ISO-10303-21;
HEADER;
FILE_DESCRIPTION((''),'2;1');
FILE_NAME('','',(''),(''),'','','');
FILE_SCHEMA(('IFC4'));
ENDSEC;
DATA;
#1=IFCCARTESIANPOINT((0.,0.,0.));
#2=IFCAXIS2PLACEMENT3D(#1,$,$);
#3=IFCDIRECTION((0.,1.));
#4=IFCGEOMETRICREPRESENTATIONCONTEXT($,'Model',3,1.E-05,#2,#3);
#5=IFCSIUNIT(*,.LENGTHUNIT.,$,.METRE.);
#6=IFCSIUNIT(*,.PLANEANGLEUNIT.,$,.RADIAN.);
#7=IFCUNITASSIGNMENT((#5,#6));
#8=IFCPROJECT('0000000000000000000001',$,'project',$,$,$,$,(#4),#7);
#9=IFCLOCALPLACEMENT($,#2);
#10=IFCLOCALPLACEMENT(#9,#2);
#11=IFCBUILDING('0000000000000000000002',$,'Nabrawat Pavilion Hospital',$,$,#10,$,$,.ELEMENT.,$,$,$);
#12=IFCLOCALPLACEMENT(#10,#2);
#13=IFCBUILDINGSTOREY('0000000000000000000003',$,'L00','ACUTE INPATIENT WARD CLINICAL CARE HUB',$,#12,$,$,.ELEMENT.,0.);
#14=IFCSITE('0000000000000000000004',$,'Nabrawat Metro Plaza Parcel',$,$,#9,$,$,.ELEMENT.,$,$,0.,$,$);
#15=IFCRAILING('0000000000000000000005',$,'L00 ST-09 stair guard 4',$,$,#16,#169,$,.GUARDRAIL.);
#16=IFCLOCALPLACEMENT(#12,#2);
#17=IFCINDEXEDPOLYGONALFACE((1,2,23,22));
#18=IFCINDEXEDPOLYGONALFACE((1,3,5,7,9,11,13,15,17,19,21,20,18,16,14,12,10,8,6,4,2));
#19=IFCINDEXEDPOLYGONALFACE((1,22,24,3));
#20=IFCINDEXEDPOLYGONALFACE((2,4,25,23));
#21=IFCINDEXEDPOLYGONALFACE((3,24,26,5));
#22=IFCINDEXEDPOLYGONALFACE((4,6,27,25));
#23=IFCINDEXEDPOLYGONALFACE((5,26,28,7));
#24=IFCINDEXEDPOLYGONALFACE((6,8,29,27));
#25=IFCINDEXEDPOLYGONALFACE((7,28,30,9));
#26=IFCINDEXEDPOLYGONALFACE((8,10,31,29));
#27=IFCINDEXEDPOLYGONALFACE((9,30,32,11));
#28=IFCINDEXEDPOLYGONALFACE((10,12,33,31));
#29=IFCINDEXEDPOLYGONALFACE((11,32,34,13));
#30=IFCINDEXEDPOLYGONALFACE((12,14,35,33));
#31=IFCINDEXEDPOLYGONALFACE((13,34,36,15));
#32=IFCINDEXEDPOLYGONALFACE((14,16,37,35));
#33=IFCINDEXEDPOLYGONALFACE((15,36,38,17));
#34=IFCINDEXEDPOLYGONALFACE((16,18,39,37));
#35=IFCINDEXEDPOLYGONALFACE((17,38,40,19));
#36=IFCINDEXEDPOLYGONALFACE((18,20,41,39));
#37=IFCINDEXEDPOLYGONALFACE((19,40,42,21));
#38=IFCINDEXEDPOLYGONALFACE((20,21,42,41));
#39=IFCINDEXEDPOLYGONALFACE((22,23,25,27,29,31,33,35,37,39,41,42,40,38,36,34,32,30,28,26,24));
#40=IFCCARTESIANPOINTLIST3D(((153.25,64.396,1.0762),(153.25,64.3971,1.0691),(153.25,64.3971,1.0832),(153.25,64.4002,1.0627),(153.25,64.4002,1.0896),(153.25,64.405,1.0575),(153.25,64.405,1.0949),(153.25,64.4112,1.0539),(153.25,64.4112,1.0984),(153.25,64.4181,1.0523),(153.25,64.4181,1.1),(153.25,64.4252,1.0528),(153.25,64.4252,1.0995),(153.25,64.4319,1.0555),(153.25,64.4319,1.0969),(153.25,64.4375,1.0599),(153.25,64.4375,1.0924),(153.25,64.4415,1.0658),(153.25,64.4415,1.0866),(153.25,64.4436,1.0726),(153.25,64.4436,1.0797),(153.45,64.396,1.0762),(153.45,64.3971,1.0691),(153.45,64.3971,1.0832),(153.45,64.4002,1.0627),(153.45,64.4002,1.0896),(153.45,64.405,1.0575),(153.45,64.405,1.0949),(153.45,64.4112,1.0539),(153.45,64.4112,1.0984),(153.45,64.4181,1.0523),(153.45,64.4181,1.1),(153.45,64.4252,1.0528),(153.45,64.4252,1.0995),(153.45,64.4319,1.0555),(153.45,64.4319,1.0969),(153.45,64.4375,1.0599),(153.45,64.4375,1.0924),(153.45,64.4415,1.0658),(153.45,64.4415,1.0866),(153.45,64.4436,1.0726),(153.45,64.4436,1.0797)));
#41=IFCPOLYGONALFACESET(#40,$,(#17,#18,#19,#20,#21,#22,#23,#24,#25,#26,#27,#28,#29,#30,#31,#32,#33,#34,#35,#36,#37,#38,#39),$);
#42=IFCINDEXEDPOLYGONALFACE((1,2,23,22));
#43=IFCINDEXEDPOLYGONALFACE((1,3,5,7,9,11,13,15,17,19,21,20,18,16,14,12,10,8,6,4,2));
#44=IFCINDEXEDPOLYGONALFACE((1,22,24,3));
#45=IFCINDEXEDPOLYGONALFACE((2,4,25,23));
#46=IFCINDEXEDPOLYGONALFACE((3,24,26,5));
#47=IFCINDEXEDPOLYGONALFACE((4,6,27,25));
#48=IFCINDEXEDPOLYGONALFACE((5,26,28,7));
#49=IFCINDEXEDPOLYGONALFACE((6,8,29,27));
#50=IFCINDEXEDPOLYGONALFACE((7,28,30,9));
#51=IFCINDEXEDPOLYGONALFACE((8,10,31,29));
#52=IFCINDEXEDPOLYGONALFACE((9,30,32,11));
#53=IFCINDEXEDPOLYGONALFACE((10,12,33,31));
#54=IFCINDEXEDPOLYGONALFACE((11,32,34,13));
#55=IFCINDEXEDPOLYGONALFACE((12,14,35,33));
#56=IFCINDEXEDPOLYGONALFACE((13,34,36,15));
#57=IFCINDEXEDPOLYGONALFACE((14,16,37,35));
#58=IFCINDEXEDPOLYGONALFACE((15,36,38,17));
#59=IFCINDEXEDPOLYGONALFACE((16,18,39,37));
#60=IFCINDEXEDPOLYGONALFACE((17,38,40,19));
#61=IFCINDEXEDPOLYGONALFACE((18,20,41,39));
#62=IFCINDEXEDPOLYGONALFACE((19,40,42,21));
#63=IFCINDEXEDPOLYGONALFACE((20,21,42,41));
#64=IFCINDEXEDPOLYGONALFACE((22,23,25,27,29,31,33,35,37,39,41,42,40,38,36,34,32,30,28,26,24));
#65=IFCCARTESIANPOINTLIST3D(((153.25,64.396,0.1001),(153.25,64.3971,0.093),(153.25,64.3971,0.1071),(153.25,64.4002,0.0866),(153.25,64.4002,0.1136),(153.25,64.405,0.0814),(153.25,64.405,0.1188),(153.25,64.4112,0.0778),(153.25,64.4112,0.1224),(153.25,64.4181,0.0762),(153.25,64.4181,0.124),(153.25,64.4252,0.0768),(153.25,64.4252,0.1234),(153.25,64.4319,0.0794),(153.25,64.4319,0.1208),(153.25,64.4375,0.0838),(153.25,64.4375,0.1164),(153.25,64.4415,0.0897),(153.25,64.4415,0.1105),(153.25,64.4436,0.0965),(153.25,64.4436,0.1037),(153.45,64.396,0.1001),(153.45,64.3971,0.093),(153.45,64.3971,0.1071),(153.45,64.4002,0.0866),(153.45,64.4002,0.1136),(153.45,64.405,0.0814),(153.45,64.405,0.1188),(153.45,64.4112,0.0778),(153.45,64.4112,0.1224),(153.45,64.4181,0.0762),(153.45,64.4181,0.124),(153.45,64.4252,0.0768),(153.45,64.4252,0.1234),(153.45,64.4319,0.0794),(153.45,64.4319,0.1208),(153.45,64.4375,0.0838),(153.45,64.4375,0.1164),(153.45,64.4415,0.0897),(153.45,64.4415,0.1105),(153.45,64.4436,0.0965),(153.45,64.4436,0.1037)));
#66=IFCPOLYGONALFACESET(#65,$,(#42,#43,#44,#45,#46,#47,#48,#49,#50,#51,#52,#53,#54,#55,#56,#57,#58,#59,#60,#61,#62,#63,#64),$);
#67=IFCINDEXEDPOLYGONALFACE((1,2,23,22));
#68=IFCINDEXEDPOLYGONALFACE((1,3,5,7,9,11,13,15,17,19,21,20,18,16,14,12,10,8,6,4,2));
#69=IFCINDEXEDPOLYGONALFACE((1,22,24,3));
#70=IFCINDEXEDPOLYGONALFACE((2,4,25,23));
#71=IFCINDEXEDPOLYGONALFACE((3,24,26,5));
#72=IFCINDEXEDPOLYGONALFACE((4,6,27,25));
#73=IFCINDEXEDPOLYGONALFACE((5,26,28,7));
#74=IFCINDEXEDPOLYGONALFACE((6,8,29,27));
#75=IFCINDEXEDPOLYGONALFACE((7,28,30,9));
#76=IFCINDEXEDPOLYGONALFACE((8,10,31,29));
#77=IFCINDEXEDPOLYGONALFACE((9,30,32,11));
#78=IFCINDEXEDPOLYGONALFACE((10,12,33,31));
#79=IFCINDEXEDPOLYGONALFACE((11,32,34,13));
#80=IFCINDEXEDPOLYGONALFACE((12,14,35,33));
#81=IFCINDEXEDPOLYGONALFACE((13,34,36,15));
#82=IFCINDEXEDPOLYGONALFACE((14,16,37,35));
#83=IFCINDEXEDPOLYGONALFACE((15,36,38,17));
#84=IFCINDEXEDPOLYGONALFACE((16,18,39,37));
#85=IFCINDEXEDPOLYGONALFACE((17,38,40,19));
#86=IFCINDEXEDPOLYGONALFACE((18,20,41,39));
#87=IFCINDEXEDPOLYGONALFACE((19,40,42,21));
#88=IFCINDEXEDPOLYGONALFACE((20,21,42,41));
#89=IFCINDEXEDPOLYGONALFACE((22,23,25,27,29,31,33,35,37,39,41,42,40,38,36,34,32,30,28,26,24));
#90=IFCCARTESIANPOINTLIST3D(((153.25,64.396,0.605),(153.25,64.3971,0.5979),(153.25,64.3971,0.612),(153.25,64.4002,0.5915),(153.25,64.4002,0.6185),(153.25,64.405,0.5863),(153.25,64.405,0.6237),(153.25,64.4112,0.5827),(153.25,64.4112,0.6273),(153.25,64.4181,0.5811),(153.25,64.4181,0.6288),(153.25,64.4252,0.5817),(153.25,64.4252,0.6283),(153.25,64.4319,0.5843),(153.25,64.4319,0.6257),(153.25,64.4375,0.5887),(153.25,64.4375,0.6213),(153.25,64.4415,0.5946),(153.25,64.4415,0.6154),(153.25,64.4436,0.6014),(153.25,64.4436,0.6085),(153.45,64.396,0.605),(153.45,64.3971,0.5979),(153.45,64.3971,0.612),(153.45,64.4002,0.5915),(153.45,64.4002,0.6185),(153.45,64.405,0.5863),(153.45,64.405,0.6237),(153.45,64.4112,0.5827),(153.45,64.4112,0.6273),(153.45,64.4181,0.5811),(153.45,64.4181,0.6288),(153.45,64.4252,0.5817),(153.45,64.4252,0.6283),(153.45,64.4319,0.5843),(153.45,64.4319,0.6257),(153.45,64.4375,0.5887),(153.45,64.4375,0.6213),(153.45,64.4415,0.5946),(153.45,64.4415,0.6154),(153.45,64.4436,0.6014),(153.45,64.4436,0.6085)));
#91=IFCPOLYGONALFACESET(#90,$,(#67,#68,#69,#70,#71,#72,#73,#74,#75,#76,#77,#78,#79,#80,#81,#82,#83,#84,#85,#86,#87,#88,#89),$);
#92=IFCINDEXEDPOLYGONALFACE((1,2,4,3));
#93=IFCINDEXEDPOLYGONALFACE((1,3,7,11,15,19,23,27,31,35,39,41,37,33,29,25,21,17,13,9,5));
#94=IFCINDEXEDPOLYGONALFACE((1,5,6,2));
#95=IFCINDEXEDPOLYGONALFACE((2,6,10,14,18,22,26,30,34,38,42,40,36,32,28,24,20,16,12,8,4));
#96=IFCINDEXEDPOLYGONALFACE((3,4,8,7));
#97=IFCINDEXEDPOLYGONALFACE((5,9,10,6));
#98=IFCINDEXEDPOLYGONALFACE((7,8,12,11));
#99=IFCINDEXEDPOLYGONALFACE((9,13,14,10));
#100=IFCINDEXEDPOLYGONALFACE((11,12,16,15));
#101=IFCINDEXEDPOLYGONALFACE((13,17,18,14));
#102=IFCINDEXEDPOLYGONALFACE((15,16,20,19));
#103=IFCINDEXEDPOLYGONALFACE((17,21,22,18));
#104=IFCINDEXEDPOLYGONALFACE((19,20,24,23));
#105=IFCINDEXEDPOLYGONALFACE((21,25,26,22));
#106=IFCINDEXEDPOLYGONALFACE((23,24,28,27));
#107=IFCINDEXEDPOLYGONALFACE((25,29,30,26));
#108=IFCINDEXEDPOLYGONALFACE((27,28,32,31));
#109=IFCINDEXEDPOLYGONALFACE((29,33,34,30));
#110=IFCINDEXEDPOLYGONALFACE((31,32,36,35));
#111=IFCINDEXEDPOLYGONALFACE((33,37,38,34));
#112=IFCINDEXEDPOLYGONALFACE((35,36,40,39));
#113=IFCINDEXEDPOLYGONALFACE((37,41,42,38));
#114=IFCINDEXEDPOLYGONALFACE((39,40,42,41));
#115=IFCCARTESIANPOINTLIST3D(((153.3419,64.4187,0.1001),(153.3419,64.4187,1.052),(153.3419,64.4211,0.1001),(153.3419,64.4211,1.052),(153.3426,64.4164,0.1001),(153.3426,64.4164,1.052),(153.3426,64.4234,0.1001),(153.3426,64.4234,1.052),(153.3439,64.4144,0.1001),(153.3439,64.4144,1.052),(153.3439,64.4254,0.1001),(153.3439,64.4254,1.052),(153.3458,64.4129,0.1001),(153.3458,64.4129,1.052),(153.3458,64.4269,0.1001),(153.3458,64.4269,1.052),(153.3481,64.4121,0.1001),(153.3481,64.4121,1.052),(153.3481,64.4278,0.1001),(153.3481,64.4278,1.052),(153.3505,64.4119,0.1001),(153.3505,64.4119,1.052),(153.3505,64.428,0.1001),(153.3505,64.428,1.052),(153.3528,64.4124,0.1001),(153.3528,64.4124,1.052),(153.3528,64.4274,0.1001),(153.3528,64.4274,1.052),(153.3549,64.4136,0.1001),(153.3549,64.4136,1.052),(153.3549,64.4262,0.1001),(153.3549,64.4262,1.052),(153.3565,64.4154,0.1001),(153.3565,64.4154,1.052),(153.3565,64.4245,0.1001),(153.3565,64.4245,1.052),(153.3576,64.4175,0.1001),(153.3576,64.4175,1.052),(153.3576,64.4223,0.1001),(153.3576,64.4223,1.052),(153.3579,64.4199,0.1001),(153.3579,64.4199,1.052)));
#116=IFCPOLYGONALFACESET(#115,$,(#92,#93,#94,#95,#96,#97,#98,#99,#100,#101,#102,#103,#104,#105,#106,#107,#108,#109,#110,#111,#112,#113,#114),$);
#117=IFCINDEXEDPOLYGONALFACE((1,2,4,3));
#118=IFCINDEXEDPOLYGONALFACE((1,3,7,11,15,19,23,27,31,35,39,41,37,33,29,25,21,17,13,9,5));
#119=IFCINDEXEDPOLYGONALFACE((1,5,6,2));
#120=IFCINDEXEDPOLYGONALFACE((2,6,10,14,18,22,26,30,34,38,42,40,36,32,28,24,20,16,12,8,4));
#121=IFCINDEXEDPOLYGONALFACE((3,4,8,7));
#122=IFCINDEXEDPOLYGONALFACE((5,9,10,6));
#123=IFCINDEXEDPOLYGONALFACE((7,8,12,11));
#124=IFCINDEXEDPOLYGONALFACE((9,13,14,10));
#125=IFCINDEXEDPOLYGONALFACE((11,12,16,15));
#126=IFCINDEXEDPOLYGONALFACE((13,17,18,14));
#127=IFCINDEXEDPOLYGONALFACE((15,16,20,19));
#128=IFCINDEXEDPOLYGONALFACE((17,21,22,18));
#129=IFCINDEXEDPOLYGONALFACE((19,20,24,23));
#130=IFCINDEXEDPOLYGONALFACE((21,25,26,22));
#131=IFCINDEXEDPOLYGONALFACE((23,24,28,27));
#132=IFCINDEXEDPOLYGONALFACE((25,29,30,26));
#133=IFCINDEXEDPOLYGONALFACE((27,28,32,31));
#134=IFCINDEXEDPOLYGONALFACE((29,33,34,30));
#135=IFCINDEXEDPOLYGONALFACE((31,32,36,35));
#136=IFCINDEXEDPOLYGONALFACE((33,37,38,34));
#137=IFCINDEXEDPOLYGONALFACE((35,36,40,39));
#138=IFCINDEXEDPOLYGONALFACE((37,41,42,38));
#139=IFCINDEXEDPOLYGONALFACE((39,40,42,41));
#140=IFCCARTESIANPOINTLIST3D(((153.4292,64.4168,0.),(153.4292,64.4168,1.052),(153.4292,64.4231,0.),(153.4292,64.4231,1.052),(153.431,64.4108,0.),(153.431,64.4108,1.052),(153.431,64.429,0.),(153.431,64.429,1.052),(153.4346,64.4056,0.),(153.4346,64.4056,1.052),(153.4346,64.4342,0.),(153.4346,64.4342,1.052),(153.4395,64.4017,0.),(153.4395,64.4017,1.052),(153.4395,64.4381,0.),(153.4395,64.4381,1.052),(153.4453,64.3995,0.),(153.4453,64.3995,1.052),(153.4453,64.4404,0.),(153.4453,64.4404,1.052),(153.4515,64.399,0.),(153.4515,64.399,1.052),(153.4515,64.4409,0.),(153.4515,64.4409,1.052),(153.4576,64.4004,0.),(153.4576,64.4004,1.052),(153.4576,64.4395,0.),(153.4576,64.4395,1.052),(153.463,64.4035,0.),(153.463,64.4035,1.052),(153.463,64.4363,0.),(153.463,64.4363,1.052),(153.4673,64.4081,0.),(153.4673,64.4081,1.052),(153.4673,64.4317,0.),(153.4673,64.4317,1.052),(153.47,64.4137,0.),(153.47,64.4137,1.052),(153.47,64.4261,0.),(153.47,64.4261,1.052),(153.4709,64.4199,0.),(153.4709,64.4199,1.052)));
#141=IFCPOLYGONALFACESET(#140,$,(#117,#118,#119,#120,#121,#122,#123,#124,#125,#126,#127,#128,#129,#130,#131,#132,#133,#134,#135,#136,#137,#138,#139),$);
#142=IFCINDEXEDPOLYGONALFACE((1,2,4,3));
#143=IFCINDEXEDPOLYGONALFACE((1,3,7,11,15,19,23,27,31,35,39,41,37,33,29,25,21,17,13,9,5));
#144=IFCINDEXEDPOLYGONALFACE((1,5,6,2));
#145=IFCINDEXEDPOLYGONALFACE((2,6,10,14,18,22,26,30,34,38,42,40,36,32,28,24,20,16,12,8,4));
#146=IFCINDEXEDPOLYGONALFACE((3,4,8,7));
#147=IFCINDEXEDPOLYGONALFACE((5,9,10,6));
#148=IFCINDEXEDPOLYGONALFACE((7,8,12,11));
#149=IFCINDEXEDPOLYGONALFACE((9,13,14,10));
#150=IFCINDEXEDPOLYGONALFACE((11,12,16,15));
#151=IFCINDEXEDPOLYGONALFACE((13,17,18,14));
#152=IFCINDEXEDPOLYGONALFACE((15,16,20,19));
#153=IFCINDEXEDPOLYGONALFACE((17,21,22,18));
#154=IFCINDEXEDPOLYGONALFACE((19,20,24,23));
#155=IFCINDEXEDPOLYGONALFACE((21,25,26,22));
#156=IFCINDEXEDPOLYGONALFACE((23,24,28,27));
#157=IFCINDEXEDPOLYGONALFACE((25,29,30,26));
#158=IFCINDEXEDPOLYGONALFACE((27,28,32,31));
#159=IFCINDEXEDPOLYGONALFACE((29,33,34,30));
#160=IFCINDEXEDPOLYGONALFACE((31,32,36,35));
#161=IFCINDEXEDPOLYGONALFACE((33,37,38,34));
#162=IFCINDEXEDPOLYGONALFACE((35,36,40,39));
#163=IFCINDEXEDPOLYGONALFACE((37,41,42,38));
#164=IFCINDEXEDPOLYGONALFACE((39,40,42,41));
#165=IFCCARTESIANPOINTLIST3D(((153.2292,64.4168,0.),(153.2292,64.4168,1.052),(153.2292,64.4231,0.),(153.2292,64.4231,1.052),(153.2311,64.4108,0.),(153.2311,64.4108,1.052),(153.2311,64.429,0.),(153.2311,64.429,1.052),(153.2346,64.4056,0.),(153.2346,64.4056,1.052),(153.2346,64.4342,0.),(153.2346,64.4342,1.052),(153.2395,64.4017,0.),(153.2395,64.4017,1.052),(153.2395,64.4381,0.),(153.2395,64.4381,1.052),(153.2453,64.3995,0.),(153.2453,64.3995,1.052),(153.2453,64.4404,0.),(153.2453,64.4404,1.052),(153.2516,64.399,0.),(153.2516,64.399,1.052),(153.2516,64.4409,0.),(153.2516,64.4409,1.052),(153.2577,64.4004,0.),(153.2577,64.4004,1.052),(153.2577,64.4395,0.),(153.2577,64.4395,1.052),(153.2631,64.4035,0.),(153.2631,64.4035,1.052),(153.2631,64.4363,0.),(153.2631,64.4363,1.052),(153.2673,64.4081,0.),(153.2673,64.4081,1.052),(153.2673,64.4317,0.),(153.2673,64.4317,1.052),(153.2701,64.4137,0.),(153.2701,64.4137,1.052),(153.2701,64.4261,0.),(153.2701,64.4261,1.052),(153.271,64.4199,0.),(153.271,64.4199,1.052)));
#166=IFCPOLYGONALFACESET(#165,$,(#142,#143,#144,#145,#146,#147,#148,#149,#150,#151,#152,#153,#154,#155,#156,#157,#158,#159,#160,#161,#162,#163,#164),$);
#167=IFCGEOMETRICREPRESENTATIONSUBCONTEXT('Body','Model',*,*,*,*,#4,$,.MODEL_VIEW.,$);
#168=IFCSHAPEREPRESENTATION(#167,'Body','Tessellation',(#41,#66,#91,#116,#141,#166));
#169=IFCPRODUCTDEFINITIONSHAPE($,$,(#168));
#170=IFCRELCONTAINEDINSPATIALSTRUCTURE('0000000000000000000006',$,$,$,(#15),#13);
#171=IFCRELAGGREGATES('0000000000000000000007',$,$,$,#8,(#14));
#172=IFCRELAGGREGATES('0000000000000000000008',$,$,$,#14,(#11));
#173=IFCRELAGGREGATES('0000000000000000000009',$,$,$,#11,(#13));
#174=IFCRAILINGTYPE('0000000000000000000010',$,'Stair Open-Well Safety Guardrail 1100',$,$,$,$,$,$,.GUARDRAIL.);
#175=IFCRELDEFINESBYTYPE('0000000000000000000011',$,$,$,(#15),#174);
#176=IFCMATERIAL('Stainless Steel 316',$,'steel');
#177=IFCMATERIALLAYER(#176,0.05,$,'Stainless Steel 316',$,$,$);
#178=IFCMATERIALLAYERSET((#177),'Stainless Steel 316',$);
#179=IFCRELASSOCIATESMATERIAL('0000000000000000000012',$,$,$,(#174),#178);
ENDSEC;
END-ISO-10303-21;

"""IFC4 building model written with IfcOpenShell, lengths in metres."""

from ifc_helpers import new_model, si_unit, direction, frame, origin, origin_2d, place, context, subcontext, project, spatial, circle, extrude, material, layer, layer_set, type_object, element, save


model = new_model("IFC4")

# Units and contexts
model_context = context("Model", 3, precision=1e-05, world=origin(), true_north=direction((0.0, 1.0)))
body_context = subcontext(model_context, "Body", "Model", "MODEL_VIEW")
ifc_project = project(units=[si_unit("LENGTHUNIT", "METRE"), si_unit("PLANEANGLEUNIT", "RADIAN")], contexts=[model_context])

# Site, building, storey
site_placement = place(None, origin())
site = spatial("IfcSite", under=ifc_project, at=site_placement, Name="Nabrawat Metro Plaza Parcel", CompositionType="ELEMENT", RefElevation=0.0)
building_placement = place(site_placement, origin())
building = spatial("IfcBuilding", under=site, at=building_placement, Name="Nabrawat Pavilion Hospital", CompositionType="ELEMENT")
storey_placement = place(building_placement, origin())
storey = spatial("IfcBuildingStorey", under=building, at=storey_placement, Name="L00", Description="ACUTE INPATIENT WARD CLINICAL CARE HUB", CompositionType="ELEMENT", Elevation=0.0)

# Railing
ifc_material_1 = material(Name="Stainless Steel 316", Category="steel")
ifc_layer_1 = layer(ifc_material_1, 0.05, Name="Stainless Steel 316")
ifc_layer_set_1 = layer_set([ifc_layer_1], Name="Stainless Steel 316")
railing_type_1 = type_object("IfcRailingType", Name="Stair Open-Well Safety Guardrail 1100", PredefinedType="GUARDRAIL", material=ifc_layer_set_1)
railing_1_placement = place(storey_placement, frame((153.45, 64.4199, 0.0)))
element("IfcRailing", 1, at=railing_1_placement, inside=storey, type_object=railing_type_1, Name="L00 ST-09 stair guard 4", PredefinedType="GUARDRAIL", context=body_context, shape_type="SweptSolid", body=[
    extrude(circle(Radius=0.0239, at=origin_2d()), frame((0.0, 0.0, 1.0762), z_axis=(-1.0, 0.0, 0.0), x_axis=(0.0, -1.0, 0.0)), (0.0, 0.0, 1.0), 0.2),
    extrude(circle(Radius=0.0239, at=origin_2d()), frame((0.0, 0.0, 0.1001), z_axis=(-1.0, 0.0, 0.0), x_axis=(0.0, -1.0, 0.0)), (0.0, 0.0, 1.0), 0.2),
    extrude(circle(Radius=0.0239, at=origin_2d()), frame((0.0, 0.0, 0.605), z_axis=(-1.0, 0.0, 0.0), x_axis=(0.0, -1.0, 0.0)), (0.0, 0.0, 1.0), 0.2),
    extrude(circle(Radius=0.0081, at=origin_2d()), frame((-0.1001, 0.0, 0.1001)), (0.0, 0.0, 1.0), 0.9519),
    extrude(circle(Radius=0.021, at=origin_2d()), origin(), (0.0, 0.0, 1.0), 1.052),
    extrude(circle(Radius=0.021, at=origin_2d()), frame((-0.2, 0.0, 0.0)), (0.0, 0.0, 1.0), 1.052),
])

save(model, "model.ifc")
